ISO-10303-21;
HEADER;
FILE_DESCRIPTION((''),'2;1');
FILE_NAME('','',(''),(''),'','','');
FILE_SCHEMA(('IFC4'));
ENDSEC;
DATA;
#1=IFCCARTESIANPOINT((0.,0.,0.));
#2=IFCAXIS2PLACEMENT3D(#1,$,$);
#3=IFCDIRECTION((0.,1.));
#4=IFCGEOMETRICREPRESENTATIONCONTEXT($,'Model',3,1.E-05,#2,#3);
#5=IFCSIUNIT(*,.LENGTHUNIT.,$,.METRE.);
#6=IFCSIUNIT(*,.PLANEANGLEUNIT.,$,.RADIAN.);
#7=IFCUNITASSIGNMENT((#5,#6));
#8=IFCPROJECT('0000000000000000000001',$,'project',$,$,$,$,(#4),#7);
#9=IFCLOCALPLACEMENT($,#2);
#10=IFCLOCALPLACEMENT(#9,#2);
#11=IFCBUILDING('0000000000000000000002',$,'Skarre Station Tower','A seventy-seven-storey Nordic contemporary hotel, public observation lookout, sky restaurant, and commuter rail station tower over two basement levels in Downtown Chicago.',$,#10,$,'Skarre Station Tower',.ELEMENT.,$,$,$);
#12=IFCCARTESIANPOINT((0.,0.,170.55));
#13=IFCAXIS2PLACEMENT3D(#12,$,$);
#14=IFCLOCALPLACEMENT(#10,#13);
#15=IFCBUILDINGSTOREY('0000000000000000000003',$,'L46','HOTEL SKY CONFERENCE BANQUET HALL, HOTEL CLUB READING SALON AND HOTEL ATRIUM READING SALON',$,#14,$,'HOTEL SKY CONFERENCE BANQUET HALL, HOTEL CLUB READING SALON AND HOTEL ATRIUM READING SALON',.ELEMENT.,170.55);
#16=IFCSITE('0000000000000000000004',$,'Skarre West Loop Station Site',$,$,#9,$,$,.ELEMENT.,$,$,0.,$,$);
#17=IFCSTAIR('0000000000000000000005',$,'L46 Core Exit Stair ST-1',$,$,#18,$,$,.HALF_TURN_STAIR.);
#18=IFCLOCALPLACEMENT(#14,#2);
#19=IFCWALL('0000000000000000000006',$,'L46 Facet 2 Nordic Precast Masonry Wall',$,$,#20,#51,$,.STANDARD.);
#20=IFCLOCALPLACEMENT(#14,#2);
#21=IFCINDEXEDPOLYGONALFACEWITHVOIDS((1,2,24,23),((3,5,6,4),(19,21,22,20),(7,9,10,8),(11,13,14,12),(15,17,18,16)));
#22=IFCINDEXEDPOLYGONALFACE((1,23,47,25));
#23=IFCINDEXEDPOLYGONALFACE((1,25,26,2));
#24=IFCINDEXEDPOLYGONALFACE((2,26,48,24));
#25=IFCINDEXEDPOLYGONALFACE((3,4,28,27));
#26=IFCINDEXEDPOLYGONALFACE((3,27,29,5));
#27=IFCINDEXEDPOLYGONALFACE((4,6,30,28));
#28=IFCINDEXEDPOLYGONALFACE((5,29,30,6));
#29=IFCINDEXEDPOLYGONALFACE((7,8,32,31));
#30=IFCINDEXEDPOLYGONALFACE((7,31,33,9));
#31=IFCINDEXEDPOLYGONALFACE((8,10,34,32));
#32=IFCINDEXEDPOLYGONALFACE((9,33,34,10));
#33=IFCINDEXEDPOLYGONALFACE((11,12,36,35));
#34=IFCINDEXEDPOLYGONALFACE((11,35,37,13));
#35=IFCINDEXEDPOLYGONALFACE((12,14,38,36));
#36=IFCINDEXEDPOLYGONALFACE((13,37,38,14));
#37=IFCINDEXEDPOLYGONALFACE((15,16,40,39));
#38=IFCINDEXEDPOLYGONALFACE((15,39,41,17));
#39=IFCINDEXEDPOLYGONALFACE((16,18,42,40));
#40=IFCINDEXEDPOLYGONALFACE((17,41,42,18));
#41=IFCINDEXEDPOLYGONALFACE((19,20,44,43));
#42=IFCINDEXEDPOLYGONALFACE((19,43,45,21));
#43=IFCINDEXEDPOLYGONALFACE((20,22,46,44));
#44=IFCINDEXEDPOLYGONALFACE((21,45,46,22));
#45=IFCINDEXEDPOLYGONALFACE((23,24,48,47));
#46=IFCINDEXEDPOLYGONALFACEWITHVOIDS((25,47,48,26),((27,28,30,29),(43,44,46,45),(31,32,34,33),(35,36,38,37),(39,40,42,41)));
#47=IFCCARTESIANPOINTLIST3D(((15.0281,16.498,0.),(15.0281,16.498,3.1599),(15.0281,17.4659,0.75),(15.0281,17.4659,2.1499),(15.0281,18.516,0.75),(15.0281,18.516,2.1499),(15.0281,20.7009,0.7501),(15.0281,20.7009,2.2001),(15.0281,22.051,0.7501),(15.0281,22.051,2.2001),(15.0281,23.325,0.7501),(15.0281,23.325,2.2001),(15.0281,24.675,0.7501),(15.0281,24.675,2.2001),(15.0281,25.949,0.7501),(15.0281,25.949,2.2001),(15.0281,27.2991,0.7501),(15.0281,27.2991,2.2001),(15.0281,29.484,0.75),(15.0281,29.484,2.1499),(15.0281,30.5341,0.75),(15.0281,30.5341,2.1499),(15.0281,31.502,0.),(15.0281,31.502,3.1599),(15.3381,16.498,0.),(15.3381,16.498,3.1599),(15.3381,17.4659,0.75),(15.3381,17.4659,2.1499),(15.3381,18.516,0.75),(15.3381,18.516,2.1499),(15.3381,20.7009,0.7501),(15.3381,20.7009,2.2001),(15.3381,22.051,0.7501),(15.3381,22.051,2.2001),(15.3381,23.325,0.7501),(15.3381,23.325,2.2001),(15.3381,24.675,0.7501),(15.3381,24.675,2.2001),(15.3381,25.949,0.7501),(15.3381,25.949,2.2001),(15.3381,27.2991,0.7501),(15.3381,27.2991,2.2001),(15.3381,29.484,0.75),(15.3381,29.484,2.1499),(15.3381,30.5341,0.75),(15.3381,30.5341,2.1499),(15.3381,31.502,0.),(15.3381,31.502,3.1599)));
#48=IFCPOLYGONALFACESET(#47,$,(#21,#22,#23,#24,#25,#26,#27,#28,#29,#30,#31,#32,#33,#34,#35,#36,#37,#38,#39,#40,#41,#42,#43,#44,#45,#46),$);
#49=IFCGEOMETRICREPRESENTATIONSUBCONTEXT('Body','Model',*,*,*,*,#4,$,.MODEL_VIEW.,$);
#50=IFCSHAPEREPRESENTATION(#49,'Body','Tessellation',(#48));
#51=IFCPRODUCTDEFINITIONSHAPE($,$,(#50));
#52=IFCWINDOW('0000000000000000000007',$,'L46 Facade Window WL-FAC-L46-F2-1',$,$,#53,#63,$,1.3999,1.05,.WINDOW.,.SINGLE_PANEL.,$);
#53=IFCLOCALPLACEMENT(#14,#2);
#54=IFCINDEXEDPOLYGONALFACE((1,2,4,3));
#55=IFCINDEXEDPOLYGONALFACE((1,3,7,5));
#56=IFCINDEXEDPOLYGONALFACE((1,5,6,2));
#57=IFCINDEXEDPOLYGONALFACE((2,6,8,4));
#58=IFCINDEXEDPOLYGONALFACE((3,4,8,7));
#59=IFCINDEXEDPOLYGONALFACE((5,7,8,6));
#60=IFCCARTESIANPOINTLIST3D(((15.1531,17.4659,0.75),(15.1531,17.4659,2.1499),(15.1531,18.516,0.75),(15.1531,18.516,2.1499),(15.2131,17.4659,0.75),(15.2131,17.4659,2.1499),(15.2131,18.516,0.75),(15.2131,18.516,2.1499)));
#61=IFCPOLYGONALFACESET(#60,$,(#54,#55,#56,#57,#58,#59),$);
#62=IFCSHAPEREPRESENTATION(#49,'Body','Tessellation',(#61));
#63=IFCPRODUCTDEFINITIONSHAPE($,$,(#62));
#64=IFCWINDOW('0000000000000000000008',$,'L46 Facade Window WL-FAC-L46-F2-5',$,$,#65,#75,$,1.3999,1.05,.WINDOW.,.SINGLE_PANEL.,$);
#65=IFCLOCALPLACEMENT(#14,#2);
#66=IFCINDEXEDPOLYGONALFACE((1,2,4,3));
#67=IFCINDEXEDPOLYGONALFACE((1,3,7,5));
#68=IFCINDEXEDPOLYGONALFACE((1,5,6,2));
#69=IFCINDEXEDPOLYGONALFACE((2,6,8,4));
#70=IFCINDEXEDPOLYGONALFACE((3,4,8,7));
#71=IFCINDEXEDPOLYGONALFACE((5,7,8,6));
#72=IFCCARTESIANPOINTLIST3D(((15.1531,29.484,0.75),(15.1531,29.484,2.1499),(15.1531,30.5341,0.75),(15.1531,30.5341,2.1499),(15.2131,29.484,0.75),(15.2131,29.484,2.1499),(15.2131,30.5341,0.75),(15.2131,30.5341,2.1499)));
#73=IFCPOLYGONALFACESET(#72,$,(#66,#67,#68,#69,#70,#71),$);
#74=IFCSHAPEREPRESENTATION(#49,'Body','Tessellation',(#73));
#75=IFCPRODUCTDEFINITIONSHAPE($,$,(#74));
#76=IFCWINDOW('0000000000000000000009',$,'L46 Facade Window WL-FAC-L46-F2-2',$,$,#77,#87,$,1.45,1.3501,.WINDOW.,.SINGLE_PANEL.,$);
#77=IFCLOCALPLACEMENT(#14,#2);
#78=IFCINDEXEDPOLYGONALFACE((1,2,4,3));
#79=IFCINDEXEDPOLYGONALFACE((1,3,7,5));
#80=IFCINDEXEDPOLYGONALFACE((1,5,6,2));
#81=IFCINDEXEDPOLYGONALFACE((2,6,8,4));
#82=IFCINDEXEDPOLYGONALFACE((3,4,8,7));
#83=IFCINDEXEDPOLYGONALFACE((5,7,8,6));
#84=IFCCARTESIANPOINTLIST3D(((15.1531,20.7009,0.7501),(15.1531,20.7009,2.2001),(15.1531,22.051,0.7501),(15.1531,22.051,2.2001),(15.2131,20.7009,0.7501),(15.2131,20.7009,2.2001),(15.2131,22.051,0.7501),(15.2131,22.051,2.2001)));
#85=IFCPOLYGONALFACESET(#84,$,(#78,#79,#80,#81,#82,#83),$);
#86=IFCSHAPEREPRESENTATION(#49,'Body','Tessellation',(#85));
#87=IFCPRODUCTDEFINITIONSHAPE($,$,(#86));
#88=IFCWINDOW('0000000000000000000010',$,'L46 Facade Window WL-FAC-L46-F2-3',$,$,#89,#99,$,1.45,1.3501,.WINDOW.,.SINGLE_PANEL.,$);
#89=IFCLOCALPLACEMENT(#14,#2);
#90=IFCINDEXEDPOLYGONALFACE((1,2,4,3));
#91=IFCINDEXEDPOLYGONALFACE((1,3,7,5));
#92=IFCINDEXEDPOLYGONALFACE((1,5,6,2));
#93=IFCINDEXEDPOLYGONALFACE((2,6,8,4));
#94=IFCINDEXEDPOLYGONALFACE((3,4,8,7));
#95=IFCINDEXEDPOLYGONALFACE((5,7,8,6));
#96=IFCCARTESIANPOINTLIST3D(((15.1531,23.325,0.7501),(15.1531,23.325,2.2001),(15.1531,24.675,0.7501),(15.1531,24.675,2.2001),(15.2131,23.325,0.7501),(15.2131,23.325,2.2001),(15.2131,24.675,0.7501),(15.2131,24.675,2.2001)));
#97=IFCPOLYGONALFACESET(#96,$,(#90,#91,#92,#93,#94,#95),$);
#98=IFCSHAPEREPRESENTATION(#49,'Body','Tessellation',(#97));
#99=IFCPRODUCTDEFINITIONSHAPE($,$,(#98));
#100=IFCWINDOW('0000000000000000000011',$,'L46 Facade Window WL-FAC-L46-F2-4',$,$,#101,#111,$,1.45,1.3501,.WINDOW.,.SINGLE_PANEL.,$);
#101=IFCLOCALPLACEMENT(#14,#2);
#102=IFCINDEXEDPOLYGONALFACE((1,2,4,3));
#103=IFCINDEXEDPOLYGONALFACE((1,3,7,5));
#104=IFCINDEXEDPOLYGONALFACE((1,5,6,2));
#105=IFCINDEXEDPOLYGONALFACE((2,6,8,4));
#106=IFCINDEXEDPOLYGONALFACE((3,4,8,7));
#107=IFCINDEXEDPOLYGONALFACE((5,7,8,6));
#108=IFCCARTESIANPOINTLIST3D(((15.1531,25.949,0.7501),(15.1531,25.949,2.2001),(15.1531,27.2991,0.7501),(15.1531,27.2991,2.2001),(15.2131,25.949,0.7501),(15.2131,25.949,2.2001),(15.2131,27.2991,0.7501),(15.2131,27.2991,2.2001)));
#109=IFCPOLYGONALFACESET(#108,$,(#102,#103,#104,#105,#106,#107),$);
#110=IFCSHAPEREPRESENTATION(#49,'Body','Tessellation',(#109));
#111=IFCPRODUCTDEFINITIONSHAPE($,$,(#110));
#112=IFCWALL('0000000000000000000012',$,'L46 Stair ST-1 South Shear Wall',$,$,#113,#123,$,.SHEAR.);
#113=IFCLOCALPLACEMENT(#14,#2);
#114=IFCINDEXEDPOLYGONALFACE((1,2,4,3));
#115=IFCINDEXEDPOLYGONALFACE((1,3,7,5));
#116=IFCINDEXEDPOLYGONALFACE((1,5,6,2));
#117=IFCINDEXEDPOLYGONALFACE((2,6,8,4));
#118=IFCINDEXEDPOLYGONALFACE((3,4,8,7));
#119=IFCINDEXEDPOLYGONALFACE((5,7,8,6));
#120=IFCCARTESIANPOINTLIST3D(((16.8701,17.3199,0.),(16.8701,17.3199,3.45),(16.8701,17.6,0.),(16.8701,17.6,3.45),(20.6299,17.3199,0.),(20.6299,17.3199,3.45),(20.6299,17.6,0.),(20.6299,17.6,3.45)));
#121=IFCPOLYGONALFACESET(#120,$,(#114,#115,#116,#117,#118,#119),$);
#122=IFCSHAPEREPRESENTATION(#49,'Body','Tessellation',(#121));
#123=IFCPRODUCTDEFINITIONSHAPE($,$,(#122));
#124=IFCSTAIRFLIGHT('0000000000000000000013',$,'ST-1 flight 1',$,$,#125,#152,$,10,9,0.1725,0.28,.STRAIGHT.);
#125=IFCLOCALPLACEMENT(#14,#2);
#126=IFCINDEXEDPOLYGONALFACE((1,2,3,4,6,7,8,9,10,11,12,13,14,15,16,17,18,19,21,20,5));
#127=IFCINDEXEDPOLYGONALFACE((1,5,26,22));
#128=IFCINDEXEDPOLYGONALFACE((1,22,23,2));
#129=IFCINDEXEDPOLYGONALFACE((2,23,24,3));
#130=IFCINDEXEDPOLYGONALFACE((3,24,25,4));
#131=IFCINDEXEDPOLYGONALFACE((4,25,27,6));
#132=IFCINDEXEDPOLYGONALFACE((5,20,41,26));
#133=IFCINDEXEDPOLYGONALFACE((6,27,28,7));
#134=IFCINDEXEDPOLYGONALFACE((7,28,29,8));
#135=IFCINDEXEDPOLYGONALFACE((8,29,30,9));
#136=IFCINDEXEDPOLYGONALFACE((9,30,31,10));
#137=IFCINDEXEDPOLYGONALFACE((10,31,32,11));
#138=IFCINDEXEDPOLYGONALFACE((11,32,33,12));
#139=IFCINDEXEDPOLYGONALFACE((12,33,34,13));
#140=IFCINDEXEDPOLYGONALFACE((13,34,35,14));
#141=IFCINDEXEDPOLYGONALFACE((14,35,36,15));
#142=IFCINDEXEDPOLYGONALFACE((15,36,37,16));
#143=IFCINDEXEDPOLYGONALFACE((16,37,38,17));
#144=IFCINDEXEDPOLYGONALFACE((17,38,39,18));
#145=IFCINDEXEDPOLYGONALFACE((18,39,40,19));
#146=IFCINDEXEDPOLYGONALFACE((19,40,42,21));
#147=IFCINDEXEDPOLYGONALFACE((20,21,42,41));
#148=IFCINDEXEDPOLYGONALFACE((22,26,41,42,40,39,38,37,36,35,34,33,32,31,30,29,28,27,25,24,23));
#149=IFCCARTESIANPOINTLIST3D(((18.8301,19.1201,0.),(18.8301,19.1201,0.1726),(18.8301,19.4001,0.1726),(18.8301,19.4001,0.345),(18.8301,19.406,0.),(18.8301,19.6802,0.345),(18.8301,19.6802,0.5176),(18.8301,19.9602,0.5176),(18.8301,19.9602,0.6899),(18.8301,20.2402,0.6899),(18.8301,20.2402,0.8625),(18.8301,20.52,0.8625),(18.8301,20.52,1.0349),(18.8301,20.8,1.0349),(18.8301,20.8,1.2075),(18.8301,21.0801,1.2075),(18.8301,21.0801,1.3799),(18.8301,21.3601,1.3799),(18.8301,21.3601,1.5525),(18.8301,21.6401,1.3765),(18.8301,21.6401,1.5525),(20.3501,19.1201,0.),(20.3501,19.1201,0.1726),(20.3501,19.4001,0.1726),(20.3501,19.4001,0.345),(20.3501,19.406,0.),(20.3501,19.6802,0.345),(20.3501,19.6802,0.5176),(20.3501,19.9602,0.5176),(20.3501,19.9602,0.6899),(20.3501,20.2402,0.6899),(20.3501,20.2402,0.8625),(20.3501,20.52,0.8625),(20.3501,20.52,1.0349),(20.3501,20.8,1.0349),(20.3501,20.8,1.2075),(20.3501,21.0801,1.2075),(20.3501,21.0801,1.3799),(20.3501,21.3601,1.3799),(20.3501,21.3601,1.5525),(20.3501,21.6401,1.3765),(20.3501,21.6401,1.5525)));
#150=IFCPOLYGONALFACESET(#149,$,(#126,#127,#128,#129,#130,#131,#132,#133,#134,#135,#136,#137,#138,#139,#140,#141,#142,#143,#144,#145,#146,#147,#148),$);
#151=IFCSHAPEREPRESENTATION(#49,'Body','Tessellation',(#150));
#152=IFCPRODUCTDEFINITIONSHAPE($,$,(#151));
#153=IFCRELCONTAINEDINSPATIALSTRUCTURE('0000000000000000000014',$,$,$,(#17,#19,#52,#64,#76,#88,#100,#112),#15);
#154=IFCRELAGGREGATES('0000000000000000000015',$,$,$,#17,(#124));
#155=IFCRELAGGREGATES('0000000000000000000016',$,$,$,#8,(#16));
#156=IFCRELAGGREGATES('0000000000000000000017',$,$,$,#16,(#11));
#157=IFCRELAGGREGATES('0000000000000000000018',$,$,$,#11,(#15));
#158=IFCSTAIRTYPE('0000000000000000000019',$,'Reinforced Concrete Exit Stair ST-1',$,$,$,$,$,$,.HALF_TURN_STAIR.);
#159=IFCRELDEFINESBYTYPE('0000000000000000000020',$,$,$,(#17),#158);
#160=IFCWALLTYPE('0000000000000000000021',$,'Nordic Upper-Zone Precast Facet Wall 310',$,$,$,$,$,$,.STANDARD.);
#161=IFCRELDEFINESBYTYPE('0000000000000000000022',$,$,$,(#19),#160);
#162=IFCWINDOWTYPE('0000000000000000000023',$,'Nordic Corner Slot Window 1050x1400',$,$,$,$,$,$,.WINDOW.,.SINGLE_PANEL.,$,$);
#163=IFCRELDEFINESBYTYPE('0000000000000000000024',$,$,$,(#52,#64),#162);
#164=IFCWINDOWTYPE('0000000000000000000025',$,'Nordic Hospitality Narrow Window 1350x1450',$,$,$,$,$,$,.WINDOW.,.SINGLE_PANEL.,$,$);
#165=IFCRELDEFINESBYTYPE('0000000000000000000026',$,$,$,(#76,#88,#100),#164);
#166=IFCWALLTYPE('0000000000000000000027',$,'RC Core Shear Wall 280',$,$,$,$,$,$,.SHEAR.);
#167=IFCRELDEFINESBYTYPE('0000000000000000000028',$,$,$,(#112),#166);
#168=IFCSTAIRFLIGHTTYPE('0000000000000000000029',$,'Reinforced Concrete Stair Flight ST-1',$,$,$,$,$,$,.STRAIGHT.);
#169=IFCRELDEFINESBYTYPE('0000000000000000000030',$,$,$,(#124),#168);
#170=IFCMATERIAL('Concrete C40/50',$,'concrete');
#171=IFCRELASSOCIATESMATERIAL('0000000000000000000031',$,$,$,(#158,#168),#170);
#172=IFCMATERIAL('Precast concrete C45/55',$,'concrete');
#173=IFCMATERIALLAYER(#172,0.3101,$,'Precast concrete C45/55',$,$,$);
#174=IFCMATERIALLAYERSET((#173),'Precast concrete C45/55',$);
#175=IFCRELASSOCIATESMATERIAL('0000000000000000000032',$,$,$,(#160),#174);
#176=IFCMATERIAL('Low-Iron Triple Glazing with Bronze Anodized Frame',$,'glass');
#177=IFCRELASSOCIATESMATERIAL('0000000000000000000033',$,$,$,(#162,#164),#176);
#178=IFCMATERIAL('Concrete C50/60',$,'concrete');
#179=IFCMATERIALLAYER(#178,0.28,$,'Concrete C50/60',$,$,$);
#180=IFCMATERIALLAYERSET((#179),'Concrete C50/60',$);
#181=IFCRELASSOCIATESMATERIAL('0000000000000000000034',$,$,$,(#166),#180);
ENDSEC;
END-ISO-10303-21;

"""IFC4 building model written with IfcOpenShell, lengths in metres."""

from ifc_helpers import new_model, si_unit, direction, frame, frame_2d, origin, place, context, subcontext, project, spatial, polyline, rectangle, outline, extrude, material, layer, layer_set, type_object, element, fill, aggregate, save


model = new_model("IFC4")

# Units and contexts
model_context = context("Model", 3, precision=1e-05, world=origin(), true_north=direction((0.0, 1.0)))
body_context = subcontext(model_context, "Body", "Model", "MODEL_VIEW")
ifc_project = project(units=[si_unit("LENGTHUNIT", "METRE"), si_unit("PLANEANGLEUNIT", "RADIAN")], contexts=[model_context])

# Site, building, storey
site_placement = place(None, origin())
site = spatial("IfcSite", under=ifc_project, at=site_placement, Name="Skarre West Loop Station Site", CompositionType="ELEMENT", RefElevation=0.0)
building_placement = place(site_placement, origin())
building = spatial("IfcBuilding", under=site, at=building_placement, Name="Skarre Station Tower", Description="A seventy-seven-storey Nordic contemporary hotel, public observation lookout, sky restaurant, and commuter rail station tower over two basement levels in Downtown Chicago.", LongName="Skarre Station Tower", CompositionType="ELEMENT")
storey_placement = place(building_placement, frame((0.0, 0.0, 170.55)))
storey = spatial("IfcBuildingStorey", under=building, at=storey_placement, Name="L46", Description="HOTEL SKY CONFERENCE BANQUET HALL, HOTEL CLUB READING SALON AND HOTEL ATRIUM READING SALON", LongName="HOTEL SKY CONFERENCE BANQUET HALL, HOTEL CLUB READING SALON AND HOTEL ATRIUM READING SALON", CompositionType="ELEMENT", Elevation=170.55)

# Stair
ifc_material_1 = material(Name="Concrete C40/50", Category="concrete")
stair_type_1 = type_object("IfcStairType", Name="Reinforced Concrete Exit Stair ST-1", PredefinedType="HALF_TURN_STAIR", material=ifc_material_1)
stair_1_placement = place(storey_placement, origin())
stair_1 = element("IfcStair", 1, at=stair_1_placement, inside=storey, type_object=stair_type_1, Name="L46 Core Exit Stair ST-1", PredefinedType="HALF_TURN_STAIR")

# Shared definitions
ifc_material_2 = material(Name="Concrete C50/60", Category="concrete")

# Shared definitions
ifc_material_3 = material(Name="Precast concrete C45/55", Category="concrete")

# Wall, openings, windows
ifc_layer_1 = layer(ifc_material_3, 0.3101, Name="Precast concrete C45/55")
ifc_layer_set_1 = layer_set([ifc_layer_1], Name="Precast concrete C45/55")
wall_type_1 = type_object("IfcWallType", Name="Nordic Upper-Zone Precast Facet Wall 310", PredefinedType="STANDARD", material=ifc_layer_set_1)
wall_1_placement = place(storey_placement, frame((15.1831, 16.498, 0.0), z_axis=(0.0, 0.0, 1.0), x_axis=(0.0, 1.0, 0.0)))
wall_1 = element("IfcWall", 2, at=wall_1_placement, inside=storey, type_object=wall_type_1, Name="L46 Facet 2 Nordic Precast Masonry Wall", PredefinedType="STANDARD", context=body_context, shape_type="SweptSolid", body=[
    extrude(rectangle(XDim=15.0039, YDim=0.3101, at=frame_2d((7.502, 0.0))), origin(), (0.0, 0.0, 1.0), 3.1599),
])
opening_1_placement = place(wall_1_placement, frame((0.968, 0.0, 0.75)))
opening_1 = element("IfcOpeningElement", 3, at=opening_1_placement, cuts=wall_1, PredefinedType="OPENING", context=body_context, shape_type="SweptSolid", body=[
    extrude(rectangle(XDim=1.05, YDim=1.3999, at=frame_2d((0.5249, 0.7))), frame((0.0, 0.165, 0.0), z_axis=(0.0, -1.0, 0.0), x_axis=(1.0, 0.0, 0.0)), (0.0, 0.0, 1.0), 0.3301),
])
opening_2_placement = place(wall_1_placement, frame((4.2029, 0.0, 0.75)))
opening_2 = element("IfcOpeningElement", 4, at=opening_2_placement, cuts=wall_1, PredefinedType="OPENING", context=body_context, shape_type="SweptSolid", body=[
    extrude(rectangle(XDim=1.3501, YDim=1.45, at=frame_2d((0.675, 0.7251))), frame((0.0, 0.165, 0.0), z_axis=(0.0, -1.0, 0.0), x_axis=(1.0, 0.0, 0.0)), (0.0, 0.0, 1.0), 0.3301),
])
opening_3_placement = place(wall_1_placement, frame((6.8269, 0.0, 0.75)))
opening_3 = element("IfcOpeningElement", 5, at=opening_3_placement, cuts=wall_1, PredefinedType="OPENING", context=body_context, shape_type="SweptSolid", body=[
    extrude(rectangle(XDim=1.3501, YDim=1.45, at=frame_2d((0.675, 0.7251))), frame((0.0, 0.165, 0.0), z_axis=(0.0, -1.0, 0.0), x_axis=(1.0, 0.0, 0.0)), (0.0, 0.0, 1.0), 0.3301),
])
opening_4_placement = place(wall_1_placement, frame((9.4509, 0.0, 0.75)))
opening_4 = element("IfcOpeningElement", 6, at=opening_4_placement, cuts=wall_1, PredefinedType="OPENING", context=body_context, shape_type="SweptSolid", body=[
    extrude(rectangle(XDim=1.3501, YDim=1.45, at=frame_2d((0.675, 0.7251))), frame((0.0, 0.165, 0.0), z_axis=(0.0, -1.0, 0.0), x_axis=(1.0, 0.0, 0.0)), (0.0, 0.0, 1.0), 0.3301),
])
opening_5_placement = place(wall_1_placement, frame((12.9861, 0.0, 0.75)))
opening_5 = element("IfcOpeningElement", 7, at=opening_5_placement, cuts=wall_1, PredefinedType="OPENING", context=body_context, shape_type="SweptSolid", body=[
    extrude(rectangle(XDim=1.05, YDim=1.3999, at=frame_2d((0.5249, 0.7))), frame((0.0, 0.165, 0.0), z_axis=(0.0, -1.0, 0.0), x_axis=(1.0, 0.0, 0.0)), (0.0, 0.0, 1.0), 0.3301),
])
ifc_material_4 = material(Name="Low-Iron Triple Glazing with Bronze Anodized Frame", Category="glass")
window_type_1 = type_object("IfcWindowType", Name="Nordic Corner Slot Window 1050x1400", PartitioningType="SINGLE_PANEL", PredefinedType="WINDOW", material=ifc_material_4)
window_1_placement = place(opening_1_placement, origin())
window_1 = element("IfcWindow", 8, at=window_1_placement, inside=storey, type_object=window_type_1, Name="L46 Facade Window WL-FAC-L46-F2-1", OverallHeight=1.3999, OverallWidth=1.05, PartitioningType="SINGLE_PANEL", PredefinedType="WINDOW", context=body_context, shape_type="SweptSolid", body=[
    extrude(rectangle(XDim=1.05, YDim=1.3999, at=frame_2d((0.5249, 0.7))), frame((0.0, 0.03, 0.0), z_axis=(0.0, -1.0, 0.0), x_axis=(1.0, 0.0, 0.0)), (0.0, 0.0, 1.0), 0.0601),
])
fill(opening_1, window_1)
window_2_placement = place(opening_5_placement, origin())
window_2 = element("IfcWindow", 9, at=window_2_placement, inside=storey, type_object=window_type_1, Name="L46 Facade Window WL-FAC-L46-F2-5", OverallHeight=1.3999, OverallWidth=1.05, PartitioningType="SINGLE_PANEL", PredefinedType="WINDOW", context=body_context, shape_type="SweptSolid", body=[
    extrude(rectangle(XDim=1.05, YDim=1.3999, at=frame_2d((0.5249, 0.7))), frame((0.0, 0.03, 0.0), z_axis=(0.0, -1.0, 0.0), x_axis=(1.0, 0.0, 0.0)), (0.0, 0.0, 1.0), 0.0601),
])
fill(opening_5, window_2)
window_type_2 = type_object("IfcWindowType", Name="Nordic Hospitality Narrow Window 1350x1450", PartitioningType="SINGLE_PANEL", PredefinedType="WINDOW", material=ifc_material_4)
window_3_placement = place(opening_2_placement, origin())
window_3 = element("IfcWindow", 10, at=window_3_placement, inside=storey, type_object=window_type_2, Name="L46 Facade Window WL-FAC-L46-F2-2", OverallHeight=1.45, OverallWidth=1.3501, PartitioningType="SINGLE_PANEL", PredefinedType="WINDOW", context=body_context, shape_type="SweptSolid", body=[
    extrude(rectangle(XDim=1.3501, YDim=1.45, at=frame_2d((0.675, 0.7251))), frame((0.0, 0.03, 0.0), z_axis=(0.0, -1.0, 0.0), x_axis=(1.0, 0.0, 0.0)), (0.0, 0.0, 1.0), 0.0601),
])
fill(opening_2, window_3)
window_4_placement = place(opening_3_placement, origin())
window_4 = element("IfcWindow", 11, at=window_4_placement, inside=storey, type_object=window_type_2, Name="L46 Facade Window WL-FAC-L46-F2-3", OverallHeight=1.45, OverallWidth=1.3501, PartitioningType="SINGLE_PANEL", PredefinedType="WINDOW", context=body_context, shape_type="SweptSolid", body=[
    extrude(rectangle(XDim=1.3501, YDim=1.45, at=frame_2d((0.675, 0.7251))), frame((0.0, 0.03, 0.0), z_axis=(0.0, -1.0, 0.0), x_axis=(1.0, 0.0, 0.0)), (0.0, 0.0, 1.0), 0.0601),
])
fill(opening_3, window_4)
window_5_placement = place(opening_4_placement, origin())
window_5 = element("IfcWindow", 12, at=window_5_placement, inside=storey, type_object=window_type_2, Name="L46 Facade Window WL-FAC-L46-F2-4", OverallHeight=1.45, OverallWidth=1.3501, PartitioningType="SINGLE_PANEL", PredefinedType="WINDOW", context=body_context, shape_type="SweptSolid", body=[
    extrude(rectangle(XDim=1.3501, YDim=1.45, at=frame_2d((0.675, 0.7251))), frame((0.0, 0.03, 0.0), z_axis=(0.0, -1.0, 0.0), x_axis=(1.0, 0.0, 0.0)), (0.0, 0.0, 1.0), 0.0601),
])
fill(opening_4, window_5)

# Wall
ifc_layer_2 = layer(ifc_material_2, 0.28, Name="Concrete C50/60")
ifc_layer_set_2 = layer_set([ifc_layer_2], Name="Concrete C50/60")
wall_type_2 = type_object("IfcWallType", Name="RC Core Shear Wall 280", PredefinedType="SHEAR", material=ifc_layer_set_2)
wall_2_placement = place(storey_placement, frame((16.8701, 17.46, 0.0), z_axis=(0.0, 0.0, 1.0), x_axis=(1.0, 0.0, 0.0)))
element("IfcWall", 13, at=wall_2_placement, inside=storey, type_object=wall_type_2, Name="L46 Stair ST-1 South Shear Wall", PredefinedType="SHEAR", context=body_context, shape_type="SweptSolid", body=[
    extrude(rectangle(XDim=3.7598, YDim=0.28, at=frame_2d((1.8799, 0.0))), origin(), (0.0, 0.0, 1.0), 3.45),
])

# Stair flight
stair_flight_type = type_object("IfcStairFlightType", Name="Reinforced Concrete Stair Flight ST-1", PredefinedType="STRAIGHT", material=ifc_material_1)
stair_flight_placement = place(storey_placement, frame((19.5901, 19.1201, 0.0), z_axis=(0.0, 0.0, 1.0), x_axis=(0.0, 1.0, 0.0)))
stair_flight = element("IfcStairFlight", 14, at=stair_flight_placement, type_object=stair_flight_type, Name="ST-1 flight 1", NumberOfRisers=10, NumberOfTreads=9, PredefinedType="STRAIGHT", RiserHeight=0.1725, TreadLength=0.28, context=body_context, shape_type="SweptSolid", body=[
    extrude(outline(polyline([(0.0, 0.0), (0.0, 0.1726), (0.28, 0.1726), (0.28, 0.345), (0.5601, 0.345), (0.5601, 0.5176), (0.8401, 0.5176), (0.8401, 0.6899), (1.1201, 0.6899), (1.1201, 0.8625), (1.3999, 0.8625), (1.3999, 1.0349), (1.6799, 1.0349), (1.6799, 1.2075), (1.96, 1.2075), (1.96, 1.3799), (2.24, 1.3799), (2.24, 1.5525), (2.52, 1.5525), (2.52, 1.7251), (2.52, 1.3765), (0.2859, 0.0), (0.0, 0.0)])), frame((0.0, 0.76, 0.0), z_axis=(0.0, -1.0, 0.0), x_axis=(1.0, 0.0, 0.0)), (0.0, 0.0, 1.0), 1.52),
])
aggregate(stair_1, [stair_flight])

save(model, "model.ifc")
